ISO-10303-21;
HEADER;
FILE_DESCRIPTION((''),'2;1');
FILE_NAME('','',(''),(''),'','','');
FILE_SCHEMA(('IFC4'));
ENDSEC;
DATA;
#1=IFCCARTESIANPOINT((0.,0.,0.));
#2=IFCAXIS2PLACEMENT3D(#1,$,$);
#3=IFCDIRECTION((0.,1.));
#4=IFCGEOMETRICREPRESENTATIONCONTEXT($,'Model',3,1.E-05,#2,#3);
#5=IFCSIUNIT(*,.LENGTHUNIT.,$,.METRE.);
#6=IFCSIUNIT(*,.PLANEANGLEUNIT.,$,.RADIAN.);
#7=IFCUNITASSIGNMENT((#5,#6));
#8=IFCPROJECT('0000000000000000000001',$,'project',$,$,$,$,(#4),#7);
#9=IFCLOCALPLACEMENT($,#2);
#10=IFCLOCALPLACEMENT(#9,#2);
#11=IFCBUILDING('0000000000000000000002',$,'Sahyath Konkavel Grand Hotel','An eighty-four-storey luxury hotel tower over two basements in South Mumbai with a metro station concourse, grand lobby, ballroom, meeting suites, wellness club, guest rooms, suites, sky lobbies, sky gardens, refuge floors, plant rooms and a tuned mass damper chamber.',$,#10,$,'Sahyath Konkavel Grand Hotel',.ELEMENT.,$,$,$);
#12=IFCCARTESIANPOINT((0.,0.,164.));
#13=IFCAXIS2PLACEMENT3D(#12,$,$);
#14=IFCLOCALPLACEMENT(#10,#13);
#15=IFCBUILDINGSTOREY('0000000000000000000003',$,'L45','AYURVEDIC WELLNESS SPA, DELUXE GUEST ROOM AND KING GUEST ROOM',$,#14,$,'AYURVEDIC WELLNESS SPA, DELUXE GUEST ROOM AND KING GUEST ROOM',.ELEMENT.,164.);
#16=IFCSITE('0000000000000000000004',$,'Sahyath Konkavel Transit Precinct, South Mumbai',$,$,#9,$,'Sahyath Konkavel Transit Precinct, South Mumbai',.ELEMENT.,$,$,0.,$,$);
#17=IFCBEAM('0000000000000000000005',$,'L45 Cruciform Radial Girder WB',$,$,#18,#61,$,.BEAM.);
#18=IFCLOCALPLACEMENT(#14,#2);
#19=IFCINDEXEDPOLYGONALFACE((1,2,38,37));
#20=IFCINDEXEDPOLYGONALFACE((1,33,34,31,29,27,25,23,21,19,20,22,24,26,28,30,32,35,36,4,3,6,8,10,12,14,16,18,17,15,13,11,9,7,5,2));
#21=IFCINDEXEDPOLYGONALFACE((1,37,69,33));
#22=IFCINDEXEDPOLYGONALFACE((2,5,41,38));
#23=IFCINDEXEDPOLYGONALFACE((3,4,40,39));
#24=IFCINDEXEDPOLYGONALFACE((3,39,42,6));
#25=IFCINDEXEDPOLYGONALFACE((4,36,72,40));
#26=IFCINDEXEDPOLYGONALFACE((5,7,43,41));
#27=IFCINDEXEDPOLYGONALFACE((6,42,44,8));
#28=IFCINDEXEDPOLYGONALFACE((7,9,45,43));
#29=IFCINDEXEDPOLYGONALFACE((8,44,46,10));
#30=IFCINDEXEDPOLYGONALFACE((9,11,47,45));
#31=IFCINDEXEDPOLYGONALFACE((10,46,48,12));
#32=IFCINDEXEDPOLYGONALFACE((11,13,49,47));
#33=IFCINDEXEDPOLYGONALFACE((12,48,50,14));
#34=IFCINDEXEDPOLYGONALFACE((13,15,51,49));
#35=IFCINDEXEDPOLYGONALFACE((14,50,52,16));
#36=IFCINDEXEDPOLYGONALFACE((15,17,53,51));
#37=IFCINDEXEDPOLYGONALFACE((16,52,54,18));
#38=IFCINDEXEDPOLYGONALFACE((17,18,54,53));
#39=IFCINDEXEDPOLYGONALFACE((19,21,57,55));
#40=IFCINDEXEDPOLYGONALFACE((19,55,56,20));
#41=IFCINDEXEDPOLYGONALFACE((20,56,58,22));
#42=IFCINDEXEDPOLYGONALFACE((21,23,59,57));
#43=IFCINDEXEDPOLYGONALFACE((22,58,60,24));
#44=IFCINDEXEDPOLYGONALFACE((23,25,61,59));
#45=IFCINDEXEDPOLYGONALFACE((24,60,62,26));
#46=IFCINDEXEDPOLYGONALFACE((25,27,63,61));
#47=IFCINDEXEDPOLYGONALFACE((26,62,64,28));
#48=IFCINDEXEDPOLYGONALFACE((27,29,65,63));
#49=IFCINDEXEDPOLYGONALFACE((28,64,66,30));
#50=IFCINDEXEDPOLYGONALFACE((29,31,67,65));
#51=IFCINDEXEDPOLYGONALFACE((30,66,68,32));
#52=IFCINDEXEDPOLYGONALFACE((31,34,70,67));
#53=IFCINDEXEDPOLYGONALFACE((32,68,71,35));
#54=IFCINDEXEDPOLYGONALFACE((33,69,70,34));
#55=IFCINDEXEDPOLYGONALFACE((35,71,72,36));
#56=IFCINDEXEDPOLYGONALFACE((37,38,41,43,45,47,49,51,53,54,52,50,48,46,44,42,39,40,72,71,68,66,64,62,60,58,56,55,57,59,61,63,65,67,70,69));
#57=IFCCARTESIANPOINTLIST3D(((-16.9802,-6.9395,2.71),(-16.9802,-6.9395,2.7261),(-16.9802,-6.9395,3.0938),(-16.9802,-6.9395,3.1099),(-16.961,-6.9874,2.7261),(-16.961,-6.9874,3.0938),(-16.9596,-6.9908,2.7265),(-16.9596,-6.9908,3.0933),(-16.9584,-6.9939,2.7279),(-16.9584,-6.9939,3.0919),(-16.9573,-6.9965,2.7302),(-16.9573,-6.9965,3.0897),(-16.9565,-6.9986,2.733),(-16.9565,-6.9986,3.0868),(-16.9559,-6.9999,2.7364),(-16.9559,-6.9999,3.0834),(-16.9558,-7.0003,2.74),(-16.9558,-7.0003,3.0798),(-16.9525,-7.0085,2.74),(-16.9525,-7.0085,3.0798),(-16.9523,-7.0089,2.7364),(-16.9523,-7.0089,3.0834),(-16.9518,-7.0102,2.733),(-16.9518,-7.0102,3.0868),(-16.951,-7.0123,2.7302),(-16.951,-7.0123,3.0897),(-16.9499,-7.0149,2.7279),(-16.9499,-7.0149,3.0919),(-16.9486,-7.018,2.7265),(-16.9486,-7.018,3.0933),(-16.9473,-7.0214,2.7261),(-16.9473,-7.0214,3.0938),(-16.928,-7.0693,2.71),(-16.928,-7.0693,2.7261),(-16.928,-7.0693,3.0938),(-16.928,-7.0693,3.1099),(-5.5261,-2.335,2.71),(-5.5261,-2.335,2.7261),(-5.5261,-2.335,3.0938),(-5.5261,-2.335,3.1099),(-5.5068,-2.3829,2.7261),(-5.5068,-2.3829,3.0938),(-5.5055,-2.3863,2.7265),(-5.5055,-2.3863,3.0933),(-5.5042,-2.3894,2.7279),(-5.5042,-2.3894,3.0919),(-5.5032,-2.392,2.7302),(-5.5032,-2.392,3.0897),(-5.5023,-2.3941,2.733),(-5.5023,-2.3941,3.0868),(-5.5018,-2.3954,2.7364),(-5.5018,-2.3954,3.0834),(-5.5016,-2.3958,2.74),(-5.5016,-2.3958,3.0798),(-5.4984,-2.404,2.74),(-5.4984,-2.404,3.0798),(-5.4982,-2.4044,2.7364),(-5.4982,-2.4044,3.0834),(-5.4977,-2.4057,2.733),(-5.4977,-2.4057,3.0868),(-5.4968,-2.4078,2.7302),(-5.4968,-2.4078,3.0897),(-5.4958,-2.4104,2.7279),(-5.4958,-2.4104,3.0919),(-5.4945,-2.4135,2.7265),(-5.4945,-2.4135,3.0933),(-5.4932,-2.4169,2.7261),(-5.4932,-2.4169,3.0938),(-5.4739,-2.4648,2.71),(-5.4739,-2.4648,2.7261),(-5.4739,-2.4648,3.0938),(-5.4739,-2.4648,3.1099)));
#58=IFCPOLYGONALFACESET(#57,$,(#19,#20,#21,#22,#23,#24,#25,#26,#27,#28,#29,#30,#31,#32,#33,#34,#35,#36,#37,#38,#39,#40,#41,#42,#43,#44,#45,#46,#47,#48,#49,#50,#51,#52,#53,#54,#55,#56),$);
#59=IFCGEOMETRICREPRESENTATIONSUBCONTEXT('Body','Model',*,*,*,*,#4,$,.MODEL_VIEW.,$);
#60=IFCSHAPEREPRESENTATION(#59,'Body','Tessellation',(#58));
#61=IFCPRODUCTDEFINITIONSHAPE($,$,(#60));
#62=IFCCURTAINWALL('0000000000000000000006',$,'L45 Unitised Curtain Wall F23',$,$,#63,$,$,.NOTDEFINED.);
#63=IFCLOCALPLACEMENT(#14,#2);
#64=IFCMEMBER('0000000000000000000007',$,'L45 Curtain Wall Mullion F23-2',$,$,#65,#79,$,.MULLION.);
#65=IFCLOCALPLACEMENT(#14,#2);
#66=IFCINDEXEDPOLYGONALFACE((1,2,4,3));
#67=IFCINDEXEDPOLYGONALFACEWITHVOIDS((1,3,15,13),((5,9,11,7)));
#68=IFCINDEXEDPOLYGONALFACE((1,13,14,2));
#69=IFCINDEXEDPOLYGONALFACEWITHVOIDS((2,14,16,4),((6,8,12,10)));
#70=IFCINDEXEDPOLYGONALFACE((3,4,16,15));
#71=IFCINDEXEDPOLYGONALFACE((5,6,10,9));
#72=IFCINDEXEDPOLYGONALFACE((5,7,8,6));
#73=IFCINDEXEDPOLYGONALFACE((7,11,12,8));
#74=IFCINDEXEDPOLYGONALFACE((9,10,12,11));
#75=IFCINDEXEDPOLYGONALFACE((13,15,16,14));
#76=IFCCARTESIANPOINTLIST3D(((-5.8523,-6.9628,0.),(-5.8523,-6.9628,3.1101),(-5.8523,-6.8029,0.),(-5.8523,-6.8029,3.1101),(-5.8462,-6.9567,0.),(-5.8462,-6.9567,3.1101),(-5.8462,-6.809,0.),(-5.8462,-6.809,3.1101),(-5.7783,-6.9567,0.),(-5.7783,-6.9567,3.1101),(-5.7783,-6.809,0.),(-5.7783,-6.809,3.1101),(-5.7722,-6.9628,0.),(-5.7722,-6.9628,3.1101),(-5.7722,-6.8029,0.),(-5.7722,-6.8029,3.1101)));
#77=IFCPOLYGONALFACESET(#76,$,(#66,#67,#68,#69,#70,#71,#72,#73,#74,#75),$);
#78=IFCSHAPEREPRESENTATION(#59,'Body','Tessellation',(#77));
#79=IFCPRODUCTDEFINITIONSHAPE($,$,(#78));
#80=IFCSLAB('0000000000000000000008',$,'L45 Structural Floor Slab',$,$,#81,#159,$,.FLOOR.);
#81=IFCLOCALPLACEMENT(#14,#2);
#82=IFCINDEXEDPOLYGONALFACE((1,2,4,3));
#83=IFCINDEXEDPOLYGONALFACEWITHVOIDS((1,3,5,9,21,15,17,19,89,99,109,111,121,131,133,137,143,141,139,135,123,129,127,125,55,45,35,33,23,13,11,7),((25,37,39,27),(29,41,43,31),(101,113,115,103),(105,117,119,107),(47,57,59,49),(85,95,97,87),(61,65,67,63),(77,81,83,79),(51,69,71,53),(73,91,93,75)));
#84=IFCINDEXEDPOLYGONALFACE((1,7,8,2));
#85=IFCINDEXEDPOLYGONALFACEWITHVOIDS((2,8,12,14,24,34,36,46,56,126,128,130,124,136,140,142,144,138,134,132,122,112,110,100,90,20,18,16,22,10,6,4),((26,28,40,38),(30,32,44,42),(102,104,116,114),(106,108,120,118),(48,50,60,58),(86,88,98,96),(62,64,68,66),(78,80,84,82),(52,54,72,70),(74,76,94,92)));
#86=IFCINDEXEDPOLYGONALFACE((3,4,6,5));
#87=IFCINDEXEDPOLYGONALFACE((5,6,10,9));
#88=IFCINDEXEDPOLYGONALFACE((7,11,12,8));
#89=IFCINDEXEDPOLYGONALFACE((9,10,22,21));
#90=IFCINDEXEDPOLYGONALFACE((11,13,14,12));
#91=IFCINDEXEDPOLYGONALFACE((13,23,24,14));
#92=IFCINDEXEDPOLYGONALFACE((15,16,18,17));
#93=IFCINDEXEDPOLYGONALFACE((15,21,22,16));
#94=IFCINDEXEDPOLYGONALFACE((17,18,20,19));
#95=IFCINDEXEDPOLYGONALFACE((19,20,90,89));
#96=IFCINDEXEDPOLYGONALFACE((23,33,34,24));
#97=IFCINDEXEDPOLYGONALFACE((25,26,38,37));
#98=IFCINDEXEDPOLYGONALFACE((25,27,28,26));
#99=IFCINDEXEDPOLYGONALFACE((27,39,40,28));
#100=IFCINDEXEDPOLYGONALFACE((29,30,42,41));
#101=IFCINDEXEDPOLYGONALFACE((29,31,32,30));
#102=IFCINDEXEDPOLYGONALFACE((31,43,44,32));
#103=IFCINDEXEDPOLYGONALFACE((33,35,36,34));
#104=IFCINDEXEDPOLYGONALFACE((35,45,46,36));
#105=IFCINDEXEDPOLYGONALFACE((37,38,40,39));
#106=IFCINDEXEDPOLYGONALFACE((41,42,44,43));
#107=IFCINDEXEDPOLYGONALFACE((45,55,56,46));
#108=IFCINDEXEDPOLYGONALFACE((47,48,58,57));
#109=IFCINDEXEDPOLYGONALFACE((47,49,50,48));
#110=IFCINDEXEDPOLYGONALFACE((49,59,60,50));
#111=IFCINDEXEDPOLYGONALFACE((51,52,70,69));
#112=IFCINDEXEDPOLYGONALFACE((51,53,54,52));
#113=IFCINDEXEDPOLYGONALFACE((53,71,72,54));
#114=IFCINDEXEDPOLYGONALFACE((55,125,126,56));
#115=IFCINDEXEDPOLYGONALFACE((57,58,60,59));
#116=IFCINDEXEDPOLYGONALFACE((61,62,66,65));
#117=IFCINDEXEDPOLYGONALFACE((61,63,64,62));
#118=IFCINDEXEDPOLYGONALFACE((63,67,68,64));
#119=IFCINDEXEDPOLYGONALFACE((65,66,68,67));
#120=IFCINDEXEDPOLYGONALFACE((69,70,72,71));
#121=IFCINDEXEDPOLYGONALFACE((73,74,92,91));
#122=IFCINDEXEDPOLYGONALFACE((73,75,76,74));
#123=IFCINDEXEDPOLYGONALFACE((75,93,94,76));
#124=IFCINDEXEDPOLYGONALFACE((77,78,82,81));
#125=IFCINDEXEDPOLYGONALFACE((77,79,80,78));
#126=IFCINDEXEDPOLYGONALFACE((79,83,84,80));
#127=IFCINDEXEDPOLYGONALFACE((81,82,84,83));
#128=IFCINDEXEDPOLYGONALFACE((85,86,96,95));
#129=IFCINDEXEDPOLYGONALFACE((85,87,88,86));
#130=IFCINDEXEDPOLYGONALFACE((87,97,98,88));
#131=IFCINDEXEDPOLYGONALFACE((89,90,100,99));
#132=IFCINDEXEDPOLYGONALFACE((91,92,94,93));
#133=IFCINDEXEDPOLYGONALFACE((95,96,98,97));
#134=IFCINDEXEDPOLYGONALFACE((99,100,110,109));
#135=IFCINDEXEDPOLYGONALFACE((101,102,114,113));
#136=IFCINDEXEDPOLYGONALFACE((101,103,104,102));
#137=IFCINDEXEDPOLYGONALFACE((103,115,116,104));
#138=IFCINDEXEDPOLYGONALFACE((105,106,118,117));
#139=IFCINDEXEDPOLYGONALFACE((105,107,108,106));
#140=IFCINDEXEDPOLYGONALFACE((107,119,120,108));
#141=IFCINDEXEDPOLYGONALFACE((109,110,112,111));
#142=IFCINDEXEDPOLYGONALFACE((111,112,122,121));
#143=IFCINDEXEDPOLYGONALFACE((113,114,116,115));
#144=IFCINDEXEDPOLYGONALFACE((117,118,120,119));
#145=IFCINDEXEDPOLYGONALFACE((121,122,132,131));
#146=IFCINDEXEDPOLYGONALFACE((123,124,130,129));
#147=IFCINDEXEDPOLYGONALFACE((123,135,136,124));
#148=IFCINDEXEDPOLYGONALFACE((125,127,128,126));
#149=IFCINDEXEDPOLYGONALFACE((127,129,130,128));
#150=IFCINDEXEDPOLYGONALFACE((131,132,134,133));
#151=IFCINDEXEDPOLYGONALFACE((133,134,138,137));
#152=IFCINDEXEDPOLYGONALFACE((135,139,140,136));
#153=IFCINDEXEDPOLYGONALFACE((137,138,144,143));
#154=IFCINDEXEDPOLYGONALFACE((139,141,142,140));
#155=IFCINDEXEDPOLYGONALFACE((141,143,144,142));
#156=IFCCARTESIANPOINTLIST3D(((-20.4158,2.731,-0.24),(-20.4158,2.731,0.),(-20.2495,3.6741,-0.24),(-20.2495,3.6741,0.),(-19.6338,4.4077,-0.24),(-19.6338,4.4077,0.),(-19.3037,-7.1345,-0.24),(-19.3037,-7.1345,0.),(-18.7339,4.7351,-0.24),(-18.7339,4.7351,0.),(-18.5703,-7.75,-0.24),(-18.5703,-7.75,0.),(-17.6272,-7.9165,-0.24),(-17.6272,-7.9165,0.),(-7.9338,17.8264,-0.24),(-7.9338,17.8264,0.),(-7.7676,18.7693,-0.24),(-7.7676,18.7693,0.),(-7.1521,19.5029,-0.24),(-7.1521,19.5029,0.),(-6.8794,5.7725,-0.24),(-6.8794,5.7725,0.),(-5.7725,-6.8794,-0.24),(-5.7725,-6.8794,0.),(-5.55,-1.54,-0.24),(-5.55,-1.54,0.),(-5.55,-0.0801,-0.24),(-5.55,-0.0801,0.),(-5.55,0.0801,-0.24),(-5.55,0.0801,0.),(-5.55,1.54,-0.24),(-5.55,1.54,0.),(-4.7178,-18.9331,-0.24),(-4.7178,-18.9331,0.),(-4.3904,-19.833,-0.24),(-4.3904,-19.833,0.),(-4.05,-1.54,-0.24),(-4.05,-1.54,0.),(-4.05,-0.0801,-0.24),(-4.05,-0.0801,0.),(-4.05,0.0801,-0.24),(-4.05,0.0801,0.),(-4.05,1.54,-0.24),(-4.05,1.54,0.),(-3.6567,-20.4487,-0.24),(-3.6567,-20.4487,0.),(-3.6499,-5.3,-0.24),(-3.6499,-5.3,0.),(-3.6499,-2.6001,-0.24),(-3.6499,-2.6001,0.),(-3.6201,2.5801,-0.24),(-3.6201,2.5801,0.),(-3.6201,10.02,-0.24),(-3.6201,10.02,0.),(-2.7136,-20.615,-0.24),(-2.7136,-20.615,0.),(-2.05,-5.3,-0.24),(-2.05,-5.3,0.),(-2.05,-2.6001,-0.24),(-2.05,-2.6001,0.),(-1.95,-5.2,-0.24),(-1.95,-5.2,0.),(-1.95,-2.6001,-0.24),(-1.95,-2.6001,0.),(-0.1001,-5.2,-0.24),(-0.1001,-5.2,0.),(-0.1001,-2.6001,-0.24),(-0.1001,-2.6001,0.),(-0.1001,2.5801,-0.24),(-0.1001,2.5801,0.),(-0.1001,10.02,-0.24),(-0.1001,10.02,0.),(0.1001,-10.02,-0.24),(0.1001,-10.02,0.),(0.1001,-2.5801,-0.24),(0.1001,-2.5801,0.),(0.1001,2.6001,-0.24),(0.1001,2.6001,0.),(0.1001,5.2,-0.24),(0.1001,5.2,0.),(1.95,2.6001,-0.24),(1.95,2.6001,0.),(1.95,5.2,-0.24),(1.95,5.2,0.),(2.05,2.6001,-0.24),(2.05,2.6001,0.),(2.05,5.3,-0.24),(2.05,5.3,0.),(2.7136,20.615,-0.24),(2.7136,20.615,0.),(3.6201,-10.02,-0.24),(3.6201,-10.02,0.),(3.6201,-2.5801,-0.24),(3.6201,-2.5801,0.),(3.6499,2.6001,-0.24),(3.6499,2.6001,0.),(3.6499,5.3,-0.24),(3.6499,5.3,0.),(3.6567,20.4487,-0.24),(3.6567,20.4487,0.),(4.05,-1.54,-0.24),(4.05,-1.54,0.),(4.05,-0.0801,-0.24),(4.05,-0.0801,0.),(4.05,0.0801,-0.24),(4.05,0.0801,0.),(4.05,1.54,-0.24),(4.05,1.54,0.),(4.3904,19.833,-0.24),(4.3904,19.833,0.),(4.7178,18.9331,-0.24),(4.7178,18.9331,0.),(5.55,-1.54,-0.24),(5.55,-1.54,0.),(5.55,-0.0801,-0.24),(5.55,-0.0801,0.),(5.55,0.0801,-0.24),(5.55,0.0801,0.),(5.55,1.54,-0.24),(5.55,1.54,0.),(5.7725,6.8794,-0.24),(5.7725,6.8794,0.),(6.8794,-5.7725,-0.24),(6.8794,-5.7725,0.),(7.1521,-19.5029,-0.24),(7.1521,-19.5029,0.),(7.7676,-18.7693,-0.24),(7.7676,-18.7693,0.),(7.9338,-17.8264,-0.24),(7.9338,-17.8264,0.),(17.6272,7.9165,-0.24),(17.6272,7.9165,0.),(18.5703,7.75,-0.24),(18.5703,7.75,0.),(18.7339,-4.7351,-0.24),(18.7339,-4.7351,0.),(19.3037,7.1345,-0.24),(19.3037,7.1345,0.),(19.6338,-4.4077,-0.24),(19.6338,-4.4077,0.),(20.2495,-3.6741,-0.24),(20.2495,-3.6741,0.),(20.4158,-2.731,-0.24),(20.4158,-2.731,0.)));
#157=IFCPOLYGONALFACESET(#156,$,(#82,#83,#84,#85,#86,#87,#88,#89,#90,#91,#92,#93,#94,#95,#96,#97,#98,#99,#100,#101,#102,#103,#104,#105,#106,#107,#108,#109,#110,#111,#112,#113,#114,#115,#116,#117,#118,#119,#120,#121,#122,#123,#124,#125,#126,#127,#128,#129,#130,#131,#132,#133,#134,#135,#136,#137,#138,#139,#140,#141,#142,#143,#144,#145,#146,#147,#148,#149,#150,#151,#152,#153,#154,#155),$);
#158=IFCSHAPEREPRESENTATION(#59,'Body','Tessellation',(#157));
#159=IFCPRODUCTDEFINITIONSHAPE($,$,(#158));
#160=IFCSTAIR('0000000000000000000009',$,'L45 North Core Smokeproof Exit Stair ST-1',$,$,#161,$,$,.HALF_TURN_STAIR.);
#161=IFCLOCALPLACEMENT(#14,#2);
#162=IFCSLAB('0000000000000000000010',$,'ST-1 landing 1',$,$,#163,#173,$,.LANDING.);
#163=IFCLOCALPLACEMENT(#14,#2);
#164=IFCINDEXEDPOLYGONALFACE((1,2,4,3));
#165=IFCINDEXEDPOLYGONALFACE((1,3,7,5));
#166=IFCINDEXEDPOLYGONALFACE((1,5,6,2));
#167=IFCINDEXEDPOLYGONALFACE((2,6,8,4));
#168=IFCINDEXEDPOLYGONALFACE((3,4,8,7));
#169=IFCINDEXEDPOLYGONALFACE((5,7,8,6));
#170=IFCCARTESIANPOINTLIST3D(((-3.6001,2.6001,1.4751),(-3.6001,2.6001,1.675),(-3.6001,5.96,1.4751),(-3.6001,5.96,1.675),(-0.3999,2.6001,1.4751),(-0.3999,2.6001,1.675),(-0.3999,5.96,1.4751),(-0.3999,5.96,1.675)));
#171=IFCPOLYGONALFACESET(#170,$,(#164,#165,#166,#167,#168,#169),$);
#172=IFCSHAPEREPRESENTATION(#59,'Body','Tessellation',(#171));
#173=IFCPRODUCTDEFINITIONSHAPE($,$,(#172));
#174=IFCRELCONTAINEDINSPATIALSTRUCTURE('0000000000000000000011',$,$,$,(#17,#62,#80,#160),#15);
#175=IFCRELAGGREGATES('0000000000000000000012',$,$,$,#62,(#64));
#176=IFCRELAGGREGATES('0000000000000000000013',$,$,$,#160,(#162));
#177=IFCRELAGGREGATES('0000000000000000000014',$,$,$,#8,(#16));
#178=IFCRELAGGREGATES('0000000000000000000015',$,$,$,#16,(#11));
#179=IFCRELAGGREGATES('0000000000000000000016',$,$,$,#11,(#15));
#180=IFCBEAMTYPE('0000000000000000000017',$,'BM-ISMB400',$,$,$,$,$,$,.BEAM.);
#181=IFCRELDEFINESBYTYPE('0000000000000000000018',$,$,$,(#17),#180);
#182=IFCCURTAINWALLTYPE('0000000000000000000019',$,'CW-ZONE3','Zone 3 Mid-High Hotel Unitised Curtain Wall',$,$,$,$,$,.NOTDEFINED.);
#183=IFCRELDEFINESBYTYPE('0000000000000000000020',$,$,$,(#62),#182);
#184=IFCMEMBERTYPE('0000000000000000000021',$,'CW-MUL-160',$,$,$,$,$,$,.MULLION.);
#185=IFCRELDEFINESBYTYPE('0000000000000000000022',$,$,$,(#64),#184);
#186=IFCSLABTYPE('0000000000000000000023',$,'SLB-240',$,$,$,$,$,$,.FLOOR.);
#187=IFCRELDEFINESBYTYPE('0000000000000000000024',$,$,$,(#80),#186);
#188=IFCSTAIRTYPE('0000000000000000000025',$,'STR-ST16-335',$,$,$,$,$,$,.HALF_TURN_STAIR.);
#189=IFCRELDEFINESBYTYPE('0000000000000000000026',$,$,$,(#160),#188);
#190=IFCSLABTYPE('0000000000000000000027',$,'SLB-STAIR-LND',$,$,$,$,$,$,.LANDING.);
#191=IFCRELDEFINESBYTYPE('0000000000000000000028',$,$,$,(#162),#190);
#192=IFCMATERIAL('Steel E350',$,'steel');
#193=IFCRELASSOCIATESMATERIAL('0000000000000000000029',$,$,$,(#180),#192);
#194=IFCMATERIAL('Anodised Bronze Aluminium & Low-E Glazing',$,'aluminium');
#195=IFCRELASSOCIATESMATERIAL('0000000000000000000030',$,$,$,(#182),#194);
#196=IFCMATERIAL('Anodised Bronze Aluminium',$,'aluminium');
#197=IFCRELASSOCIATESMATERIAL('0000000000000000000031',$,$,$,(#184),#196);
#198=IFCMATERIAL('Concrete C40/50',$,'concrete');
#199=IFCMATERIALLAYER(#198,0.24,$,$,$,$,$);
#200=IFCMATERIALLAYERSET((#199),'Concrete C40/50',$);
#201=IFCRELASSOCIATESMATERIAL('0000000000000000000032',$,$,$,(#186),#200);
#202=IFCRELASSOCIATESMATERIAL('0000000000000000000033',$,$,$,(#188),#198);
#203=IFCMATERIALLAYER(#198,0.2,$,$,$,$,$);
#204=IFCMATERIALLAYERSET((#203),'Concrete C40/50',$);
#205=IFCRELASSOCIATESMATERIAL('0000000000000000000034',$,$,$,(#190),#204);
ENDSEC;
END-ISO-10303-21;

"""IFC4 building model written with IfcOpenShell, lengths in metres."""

from ifc_helpers import new_model, si_unit, direction, frame, origin, origin_2d, place, context, subcontext, project, spatial, polyline, hollow_rectangle, i_section, outline, extrude, source, transform, mapped, material, layer, layer_set, material_profile, profile_set, type_object, element, aggregate, save


model = new_model("IFC4")

# Units and contexts
model_context = context("Model", 3, precision=1e-05, world=origin(), true_north=direction((0.0, 1.0)))
body_context = subcontext(model_context, "Body", "Model", "MODEL_VIEW")
ifc_project = project(units=[si_unit("LENGTHUNIT", "METRE"), si_unit("PLANEANGLEUNIT", "RADIAN")], contexts=[model_context])

# Site, building, storey
site_placement = place(None, origin())
site = spatial("IfcSite", under=ifc_project, at=site_placement, Name="Sahyath Konkavel Transit Precinct, South Mumbai", LongName="Sahyath Konkavel Transit Precinct, South Mumbai", CompositionType="ELEMENT", RefElevation=0.0)
building_placement = place(site_placement, origin())
building = spatial("IfcBuilding", under=site, at=building_placement, Name="Sahyath Konkavel Grand Hotel", Description="An eighty-four-storey luxury hotel tower over two basements in South Mumbai with a metro station concourse, grand lobby, ballroom, meeting suites, wellness club, guest rooms, suites, sky lobbies, sky gardens, refuge floors, plant rooms and a tuned mass damper chamber.", LongName="Sahyath Konkavel Grand Hotel", CompositionType="ELEMENT")
storey_placement = place(building_placement, frame((0.0, 0.0, 164.0)))
storey = spatial("IfcBuildingStorey", under=building, at=storey_placement, Name="L45", Description="AYURVEDIC WELLNESS SPA, DELUXE GUEST ROOM AND KING GUEST ROOM", LongName="AYURVEDIC WELLNESS SPA, DELUXE GUEST ROOM AND KING GUEST ROOM", CompositionType="ELEMENT", Elevation=164.0)

# Beam
ifc_material_1 = material(Name="Steel E350", Category="steel")
ifc_material_profile_1 = material_profile(ifc_material_1, i_section(OverallWidth=0.1399, OverallDepth=0.3999, WebThickness=0.0088, FlangeThickness=0.0161, FilletRadius=0.0139, at=origin_2d()), Name="ISMB 400")
ifc_profile_set_1 = profile_set([ifc_material_profile_1], Name="Steel E350")
beam_type_1 = type_object("IfcBeamType", Name="BM-ISMB400", PredefinedType="BEAM", material=ifc_profile_set_1)
shared_shape_1 = source(origin(), body_context, "Body", "SweptSolid", [
    extrude(i_section(OverallWidth=0.1399, OverallDepth=0.3999, WebThickness=0.0088, FlangeThickness=0.0161, FilletRadius=0.0139, at=origin_2d()), origin(), (0.0, 0.0, 1.0), 12.345),
])
beam_1_placement = place(storey_placement, frame((-5.5, -2.3999, 2.9099), z_axis=(-0.927837, -0.372986, 0.0), x_axis=(0.372986, -0.927837, 0.0)))
element("IfcBeam", 1, at=beam_1_placement, inside=storey, type_object=beam_type_1, Name="L45 Cruciform Radial Girder WB", PredefinedType="BEAM", context=body_context, shape_type="MappedRepresentation", body=[
    mapped(shared_shape_1, transform((0.0, 0.0, 0.0), scale=1.0)),
])

# Curtain wall, member
ifc_material_2 = material(Name="Anodised Bronze Aluminium & Low-E Glazing", Category="aluminium")
curtain_wall_type = type_object("IfcCurtainWallType", Name="CW-ZONE3", Description="Zone 3 Mid-High Hotel Unitised Curtain Wall", PredefinedType="NOTDEFINED", material=ifc_material_2)
curtain_wall_placement = place(storey_placement, origin())
curtain_wall = element("IfcCurtainWall", 2, at=curtain_wall_placement, inside=storey, type_object=curtain_wall_type, Name="L45 Unitised Curtain Wall F23", PredefinedType="NOTDEFINED")
ifc_material_3 = material(Name="Anodised Bronze Aluminium", Category="aluminium")
ifc_material_profile_2 = material_profile(ifc_material_3, hollow_rectangle(XDim=0.0801, YDim=0.1599, WallThickness=0.0061, at=origin_2d()), Name="RHS 160x80x6")
ifc_profile_set_2 = profile_set([ifc_material_profile_2], Name="Anodised Bronze Aluminium")
member_type = type_object("IfcMemberType", Name="CW-MUL-160", PredefinedType="MULLION", material=ifc_profile_set_2)
shared_shape_2 = source(origin(), body_context, "Body", "SweptSolid", [
    extrude(hollow_rectangle(XDim=0.0801, YDim=0.1599, WallThickness=0.0061, at=origin_2d()), origin(), (0.0, 0.0, 1.0), 3.1101),
])
member_placement = place(storey_placement, frame((-5.8123, -6.8828, 0.0), z_axis=(0.0, 0.0, 1.0), x_axis=(1.0, 0.0, 0.0)))
member = element("IfcMember", 3, at=member_placement, type_object=member_type, Name="L45 Curtain Wall Mullion F23-2", PredefinedType="MULLION", context=body_context, shape_type="MappedRepresentation", body=[
    mapped(shared_shape_2, transform((0.0, 0.0, 0.0), scale=1.0)),
])
aggregate(curtain_wall, [member])

# Slab
ifc_material_4 = material(Name="Concrete C40/50", Category="concrete")
ifc_layer_1 = layer(ifc_material_4, 0.24)
ifc_layer_set_1 = layer_set([ifc_layer_1], Name="Concrete C40/50")
slab_type_1 = type_object("IfcSlabType", Name="SLB-240", PredefinedType="FLOOR", material=ifc_layer_set_1)
slab_1_placement = place(storey_placement, frame((0.0, 0.0, -0.24)))
element("IfcSlab", 4, at=slab_1_placement, inside=storey, type_object=slab_type_1, Name="L45 Structural Floor Slab", PredefinedType="FLOOR", context=body_context, shape_type="SweptSolid", body=[
    extrude(outline(polyline([(6.8794, -5.7725), (18.7339, -4.7351), (19.6338, -4.4077), (20.2495, -3.6741), (20.4158, -2.731), (19.3037, 7.1345), (18.5703, 7.75), (17.6272, 7.9165), (5.7725, 6.8794), (4.7178, 18.9331), (4.3904, 19.833), (3.6567, 20.4487), (2.7136, 20.615), (-7.1521, 19.5029), (-7.7676, 18.7693), (-7.9338, 17.8264), (-6.8794, 5.7725), (-18.7339, 4.7351), (-19.6338, 4.4077), (-20.2495, 3.6741), (-20.4158, 2.731), (-19.3037, -7.1345), (-18.5703, -7.75), (-17.6272, -7.9165), (-5.7725, -6.8794), (-4.7178, -18.9331), (-4.3904, -19.833), (-3.6567, -20.4487), (-2.7136, -20.615), (7.1521, -19.5029), (7.7676, -18.7693), (7.9338, -17.8264), (6.8794, -5.7725)]), holes=[polyline([(-3.6201, 2.5801), (-0.1001, 2.5801), (-0.1001, 10.02), (-3.6201, 10.02), (-3.6201, 2.5801)]), polyline([(0.1001, -10.02), (3.6201, -10.02), (3.6201, -2.5801), (0.1001, -2.5801), (0.1001, -10.02)]), polyline([(0.1001, 2.6001), (1.95, 2.6001), (1.95, 5.2), (0.1001, 5.2), (0.1001, 2.6001)]), polyline([(-1.95, -5.2), (-0.1001, -5.2), (-0.1001, -2.6001), (-1.95, -2.6001), (-1.95, -5.2)]), polyline([(2.05, 2.6001), (3.6499, 2.6001), (3.6499, 5.3), (2.05, 5.3), (2.05, 2.6001)]), polyline([(-3.6499, -5.3), (-2.05, -5.3), (-2.05, -2.6001), (-3.6499, -2.6001), (-3.6499, -5.3)]), polyline([(4.05, 0.0801), (5.55, 0.0801), (5.55, 1.54), (4.05, 1.54), (4.05, 0.0801)]), polyline([(4.05, -1.54), (5.55, -1.54), (5.55, -0.0801), (4.05, -0.0801), (4.05, -1.54)]), polyline([(-5.55, 0.0801), (-4.05, 0.0801), (-4.05, 1.54), (-5.55, 1.54), (-5.55, 0.0801)]), polyline([(-5.55, -1.54), (-4.05, -1.54), (-4.05, -0.0801), (-5.55, -0.0801), (-5.55, -1.54)])]), origin(), (0.0, 0.0, 1.0), 0.24),
])

# Stair, slab
stair_type = type_object("IfcStairType", Name="STR-ST16-335", PredefinedType="HALF_TURN_STAIR", material=ifc_material_4)
stair_1_placement = place(storey_placement, origin())
stair_1 = element("IfcStair", 5, at=stair_1_placement, inside=storey, type_object=stair_type, Name="L45 North Core Smokeproof Exit Stair ST-1", PredefinedType="HALF_TURN_STAIR")
ifc_layer_2 = layer(ifc_material_4, 0.2)
ifc_layer_set_2 = layer_set([ifc_layer_2], Name="Concrete C40/50")
slab_type_2 = type_object("IfcSlabType", Name="SLB-STAIR-LND", PredefinedType="LANDING", material=ifc_layer_set_2)
slab_2_placement = place(storey_placement, frame((0.0, 0.0, 1.4751)))
slab_2 = element("IfcSlab", 6, at=slab_2_placement, type_object=slab_type_2, Name="ST-1 landing 1", PredefinedType="LANDING", context=body_context, shape_type="SweptSolid", body=[
    extrude(outline(polyline([(-3.6001, 5.96), (-3.6001, 2.6001), (-0.3999, 2.6001), (-0.3999, 5.96), (-3.6001, 5.96)])), origin(), (0.0, 0.0, 1.0), 0.2),
])
aggregate(stair_1, [slab_2])

save(model, "model.ifc")
